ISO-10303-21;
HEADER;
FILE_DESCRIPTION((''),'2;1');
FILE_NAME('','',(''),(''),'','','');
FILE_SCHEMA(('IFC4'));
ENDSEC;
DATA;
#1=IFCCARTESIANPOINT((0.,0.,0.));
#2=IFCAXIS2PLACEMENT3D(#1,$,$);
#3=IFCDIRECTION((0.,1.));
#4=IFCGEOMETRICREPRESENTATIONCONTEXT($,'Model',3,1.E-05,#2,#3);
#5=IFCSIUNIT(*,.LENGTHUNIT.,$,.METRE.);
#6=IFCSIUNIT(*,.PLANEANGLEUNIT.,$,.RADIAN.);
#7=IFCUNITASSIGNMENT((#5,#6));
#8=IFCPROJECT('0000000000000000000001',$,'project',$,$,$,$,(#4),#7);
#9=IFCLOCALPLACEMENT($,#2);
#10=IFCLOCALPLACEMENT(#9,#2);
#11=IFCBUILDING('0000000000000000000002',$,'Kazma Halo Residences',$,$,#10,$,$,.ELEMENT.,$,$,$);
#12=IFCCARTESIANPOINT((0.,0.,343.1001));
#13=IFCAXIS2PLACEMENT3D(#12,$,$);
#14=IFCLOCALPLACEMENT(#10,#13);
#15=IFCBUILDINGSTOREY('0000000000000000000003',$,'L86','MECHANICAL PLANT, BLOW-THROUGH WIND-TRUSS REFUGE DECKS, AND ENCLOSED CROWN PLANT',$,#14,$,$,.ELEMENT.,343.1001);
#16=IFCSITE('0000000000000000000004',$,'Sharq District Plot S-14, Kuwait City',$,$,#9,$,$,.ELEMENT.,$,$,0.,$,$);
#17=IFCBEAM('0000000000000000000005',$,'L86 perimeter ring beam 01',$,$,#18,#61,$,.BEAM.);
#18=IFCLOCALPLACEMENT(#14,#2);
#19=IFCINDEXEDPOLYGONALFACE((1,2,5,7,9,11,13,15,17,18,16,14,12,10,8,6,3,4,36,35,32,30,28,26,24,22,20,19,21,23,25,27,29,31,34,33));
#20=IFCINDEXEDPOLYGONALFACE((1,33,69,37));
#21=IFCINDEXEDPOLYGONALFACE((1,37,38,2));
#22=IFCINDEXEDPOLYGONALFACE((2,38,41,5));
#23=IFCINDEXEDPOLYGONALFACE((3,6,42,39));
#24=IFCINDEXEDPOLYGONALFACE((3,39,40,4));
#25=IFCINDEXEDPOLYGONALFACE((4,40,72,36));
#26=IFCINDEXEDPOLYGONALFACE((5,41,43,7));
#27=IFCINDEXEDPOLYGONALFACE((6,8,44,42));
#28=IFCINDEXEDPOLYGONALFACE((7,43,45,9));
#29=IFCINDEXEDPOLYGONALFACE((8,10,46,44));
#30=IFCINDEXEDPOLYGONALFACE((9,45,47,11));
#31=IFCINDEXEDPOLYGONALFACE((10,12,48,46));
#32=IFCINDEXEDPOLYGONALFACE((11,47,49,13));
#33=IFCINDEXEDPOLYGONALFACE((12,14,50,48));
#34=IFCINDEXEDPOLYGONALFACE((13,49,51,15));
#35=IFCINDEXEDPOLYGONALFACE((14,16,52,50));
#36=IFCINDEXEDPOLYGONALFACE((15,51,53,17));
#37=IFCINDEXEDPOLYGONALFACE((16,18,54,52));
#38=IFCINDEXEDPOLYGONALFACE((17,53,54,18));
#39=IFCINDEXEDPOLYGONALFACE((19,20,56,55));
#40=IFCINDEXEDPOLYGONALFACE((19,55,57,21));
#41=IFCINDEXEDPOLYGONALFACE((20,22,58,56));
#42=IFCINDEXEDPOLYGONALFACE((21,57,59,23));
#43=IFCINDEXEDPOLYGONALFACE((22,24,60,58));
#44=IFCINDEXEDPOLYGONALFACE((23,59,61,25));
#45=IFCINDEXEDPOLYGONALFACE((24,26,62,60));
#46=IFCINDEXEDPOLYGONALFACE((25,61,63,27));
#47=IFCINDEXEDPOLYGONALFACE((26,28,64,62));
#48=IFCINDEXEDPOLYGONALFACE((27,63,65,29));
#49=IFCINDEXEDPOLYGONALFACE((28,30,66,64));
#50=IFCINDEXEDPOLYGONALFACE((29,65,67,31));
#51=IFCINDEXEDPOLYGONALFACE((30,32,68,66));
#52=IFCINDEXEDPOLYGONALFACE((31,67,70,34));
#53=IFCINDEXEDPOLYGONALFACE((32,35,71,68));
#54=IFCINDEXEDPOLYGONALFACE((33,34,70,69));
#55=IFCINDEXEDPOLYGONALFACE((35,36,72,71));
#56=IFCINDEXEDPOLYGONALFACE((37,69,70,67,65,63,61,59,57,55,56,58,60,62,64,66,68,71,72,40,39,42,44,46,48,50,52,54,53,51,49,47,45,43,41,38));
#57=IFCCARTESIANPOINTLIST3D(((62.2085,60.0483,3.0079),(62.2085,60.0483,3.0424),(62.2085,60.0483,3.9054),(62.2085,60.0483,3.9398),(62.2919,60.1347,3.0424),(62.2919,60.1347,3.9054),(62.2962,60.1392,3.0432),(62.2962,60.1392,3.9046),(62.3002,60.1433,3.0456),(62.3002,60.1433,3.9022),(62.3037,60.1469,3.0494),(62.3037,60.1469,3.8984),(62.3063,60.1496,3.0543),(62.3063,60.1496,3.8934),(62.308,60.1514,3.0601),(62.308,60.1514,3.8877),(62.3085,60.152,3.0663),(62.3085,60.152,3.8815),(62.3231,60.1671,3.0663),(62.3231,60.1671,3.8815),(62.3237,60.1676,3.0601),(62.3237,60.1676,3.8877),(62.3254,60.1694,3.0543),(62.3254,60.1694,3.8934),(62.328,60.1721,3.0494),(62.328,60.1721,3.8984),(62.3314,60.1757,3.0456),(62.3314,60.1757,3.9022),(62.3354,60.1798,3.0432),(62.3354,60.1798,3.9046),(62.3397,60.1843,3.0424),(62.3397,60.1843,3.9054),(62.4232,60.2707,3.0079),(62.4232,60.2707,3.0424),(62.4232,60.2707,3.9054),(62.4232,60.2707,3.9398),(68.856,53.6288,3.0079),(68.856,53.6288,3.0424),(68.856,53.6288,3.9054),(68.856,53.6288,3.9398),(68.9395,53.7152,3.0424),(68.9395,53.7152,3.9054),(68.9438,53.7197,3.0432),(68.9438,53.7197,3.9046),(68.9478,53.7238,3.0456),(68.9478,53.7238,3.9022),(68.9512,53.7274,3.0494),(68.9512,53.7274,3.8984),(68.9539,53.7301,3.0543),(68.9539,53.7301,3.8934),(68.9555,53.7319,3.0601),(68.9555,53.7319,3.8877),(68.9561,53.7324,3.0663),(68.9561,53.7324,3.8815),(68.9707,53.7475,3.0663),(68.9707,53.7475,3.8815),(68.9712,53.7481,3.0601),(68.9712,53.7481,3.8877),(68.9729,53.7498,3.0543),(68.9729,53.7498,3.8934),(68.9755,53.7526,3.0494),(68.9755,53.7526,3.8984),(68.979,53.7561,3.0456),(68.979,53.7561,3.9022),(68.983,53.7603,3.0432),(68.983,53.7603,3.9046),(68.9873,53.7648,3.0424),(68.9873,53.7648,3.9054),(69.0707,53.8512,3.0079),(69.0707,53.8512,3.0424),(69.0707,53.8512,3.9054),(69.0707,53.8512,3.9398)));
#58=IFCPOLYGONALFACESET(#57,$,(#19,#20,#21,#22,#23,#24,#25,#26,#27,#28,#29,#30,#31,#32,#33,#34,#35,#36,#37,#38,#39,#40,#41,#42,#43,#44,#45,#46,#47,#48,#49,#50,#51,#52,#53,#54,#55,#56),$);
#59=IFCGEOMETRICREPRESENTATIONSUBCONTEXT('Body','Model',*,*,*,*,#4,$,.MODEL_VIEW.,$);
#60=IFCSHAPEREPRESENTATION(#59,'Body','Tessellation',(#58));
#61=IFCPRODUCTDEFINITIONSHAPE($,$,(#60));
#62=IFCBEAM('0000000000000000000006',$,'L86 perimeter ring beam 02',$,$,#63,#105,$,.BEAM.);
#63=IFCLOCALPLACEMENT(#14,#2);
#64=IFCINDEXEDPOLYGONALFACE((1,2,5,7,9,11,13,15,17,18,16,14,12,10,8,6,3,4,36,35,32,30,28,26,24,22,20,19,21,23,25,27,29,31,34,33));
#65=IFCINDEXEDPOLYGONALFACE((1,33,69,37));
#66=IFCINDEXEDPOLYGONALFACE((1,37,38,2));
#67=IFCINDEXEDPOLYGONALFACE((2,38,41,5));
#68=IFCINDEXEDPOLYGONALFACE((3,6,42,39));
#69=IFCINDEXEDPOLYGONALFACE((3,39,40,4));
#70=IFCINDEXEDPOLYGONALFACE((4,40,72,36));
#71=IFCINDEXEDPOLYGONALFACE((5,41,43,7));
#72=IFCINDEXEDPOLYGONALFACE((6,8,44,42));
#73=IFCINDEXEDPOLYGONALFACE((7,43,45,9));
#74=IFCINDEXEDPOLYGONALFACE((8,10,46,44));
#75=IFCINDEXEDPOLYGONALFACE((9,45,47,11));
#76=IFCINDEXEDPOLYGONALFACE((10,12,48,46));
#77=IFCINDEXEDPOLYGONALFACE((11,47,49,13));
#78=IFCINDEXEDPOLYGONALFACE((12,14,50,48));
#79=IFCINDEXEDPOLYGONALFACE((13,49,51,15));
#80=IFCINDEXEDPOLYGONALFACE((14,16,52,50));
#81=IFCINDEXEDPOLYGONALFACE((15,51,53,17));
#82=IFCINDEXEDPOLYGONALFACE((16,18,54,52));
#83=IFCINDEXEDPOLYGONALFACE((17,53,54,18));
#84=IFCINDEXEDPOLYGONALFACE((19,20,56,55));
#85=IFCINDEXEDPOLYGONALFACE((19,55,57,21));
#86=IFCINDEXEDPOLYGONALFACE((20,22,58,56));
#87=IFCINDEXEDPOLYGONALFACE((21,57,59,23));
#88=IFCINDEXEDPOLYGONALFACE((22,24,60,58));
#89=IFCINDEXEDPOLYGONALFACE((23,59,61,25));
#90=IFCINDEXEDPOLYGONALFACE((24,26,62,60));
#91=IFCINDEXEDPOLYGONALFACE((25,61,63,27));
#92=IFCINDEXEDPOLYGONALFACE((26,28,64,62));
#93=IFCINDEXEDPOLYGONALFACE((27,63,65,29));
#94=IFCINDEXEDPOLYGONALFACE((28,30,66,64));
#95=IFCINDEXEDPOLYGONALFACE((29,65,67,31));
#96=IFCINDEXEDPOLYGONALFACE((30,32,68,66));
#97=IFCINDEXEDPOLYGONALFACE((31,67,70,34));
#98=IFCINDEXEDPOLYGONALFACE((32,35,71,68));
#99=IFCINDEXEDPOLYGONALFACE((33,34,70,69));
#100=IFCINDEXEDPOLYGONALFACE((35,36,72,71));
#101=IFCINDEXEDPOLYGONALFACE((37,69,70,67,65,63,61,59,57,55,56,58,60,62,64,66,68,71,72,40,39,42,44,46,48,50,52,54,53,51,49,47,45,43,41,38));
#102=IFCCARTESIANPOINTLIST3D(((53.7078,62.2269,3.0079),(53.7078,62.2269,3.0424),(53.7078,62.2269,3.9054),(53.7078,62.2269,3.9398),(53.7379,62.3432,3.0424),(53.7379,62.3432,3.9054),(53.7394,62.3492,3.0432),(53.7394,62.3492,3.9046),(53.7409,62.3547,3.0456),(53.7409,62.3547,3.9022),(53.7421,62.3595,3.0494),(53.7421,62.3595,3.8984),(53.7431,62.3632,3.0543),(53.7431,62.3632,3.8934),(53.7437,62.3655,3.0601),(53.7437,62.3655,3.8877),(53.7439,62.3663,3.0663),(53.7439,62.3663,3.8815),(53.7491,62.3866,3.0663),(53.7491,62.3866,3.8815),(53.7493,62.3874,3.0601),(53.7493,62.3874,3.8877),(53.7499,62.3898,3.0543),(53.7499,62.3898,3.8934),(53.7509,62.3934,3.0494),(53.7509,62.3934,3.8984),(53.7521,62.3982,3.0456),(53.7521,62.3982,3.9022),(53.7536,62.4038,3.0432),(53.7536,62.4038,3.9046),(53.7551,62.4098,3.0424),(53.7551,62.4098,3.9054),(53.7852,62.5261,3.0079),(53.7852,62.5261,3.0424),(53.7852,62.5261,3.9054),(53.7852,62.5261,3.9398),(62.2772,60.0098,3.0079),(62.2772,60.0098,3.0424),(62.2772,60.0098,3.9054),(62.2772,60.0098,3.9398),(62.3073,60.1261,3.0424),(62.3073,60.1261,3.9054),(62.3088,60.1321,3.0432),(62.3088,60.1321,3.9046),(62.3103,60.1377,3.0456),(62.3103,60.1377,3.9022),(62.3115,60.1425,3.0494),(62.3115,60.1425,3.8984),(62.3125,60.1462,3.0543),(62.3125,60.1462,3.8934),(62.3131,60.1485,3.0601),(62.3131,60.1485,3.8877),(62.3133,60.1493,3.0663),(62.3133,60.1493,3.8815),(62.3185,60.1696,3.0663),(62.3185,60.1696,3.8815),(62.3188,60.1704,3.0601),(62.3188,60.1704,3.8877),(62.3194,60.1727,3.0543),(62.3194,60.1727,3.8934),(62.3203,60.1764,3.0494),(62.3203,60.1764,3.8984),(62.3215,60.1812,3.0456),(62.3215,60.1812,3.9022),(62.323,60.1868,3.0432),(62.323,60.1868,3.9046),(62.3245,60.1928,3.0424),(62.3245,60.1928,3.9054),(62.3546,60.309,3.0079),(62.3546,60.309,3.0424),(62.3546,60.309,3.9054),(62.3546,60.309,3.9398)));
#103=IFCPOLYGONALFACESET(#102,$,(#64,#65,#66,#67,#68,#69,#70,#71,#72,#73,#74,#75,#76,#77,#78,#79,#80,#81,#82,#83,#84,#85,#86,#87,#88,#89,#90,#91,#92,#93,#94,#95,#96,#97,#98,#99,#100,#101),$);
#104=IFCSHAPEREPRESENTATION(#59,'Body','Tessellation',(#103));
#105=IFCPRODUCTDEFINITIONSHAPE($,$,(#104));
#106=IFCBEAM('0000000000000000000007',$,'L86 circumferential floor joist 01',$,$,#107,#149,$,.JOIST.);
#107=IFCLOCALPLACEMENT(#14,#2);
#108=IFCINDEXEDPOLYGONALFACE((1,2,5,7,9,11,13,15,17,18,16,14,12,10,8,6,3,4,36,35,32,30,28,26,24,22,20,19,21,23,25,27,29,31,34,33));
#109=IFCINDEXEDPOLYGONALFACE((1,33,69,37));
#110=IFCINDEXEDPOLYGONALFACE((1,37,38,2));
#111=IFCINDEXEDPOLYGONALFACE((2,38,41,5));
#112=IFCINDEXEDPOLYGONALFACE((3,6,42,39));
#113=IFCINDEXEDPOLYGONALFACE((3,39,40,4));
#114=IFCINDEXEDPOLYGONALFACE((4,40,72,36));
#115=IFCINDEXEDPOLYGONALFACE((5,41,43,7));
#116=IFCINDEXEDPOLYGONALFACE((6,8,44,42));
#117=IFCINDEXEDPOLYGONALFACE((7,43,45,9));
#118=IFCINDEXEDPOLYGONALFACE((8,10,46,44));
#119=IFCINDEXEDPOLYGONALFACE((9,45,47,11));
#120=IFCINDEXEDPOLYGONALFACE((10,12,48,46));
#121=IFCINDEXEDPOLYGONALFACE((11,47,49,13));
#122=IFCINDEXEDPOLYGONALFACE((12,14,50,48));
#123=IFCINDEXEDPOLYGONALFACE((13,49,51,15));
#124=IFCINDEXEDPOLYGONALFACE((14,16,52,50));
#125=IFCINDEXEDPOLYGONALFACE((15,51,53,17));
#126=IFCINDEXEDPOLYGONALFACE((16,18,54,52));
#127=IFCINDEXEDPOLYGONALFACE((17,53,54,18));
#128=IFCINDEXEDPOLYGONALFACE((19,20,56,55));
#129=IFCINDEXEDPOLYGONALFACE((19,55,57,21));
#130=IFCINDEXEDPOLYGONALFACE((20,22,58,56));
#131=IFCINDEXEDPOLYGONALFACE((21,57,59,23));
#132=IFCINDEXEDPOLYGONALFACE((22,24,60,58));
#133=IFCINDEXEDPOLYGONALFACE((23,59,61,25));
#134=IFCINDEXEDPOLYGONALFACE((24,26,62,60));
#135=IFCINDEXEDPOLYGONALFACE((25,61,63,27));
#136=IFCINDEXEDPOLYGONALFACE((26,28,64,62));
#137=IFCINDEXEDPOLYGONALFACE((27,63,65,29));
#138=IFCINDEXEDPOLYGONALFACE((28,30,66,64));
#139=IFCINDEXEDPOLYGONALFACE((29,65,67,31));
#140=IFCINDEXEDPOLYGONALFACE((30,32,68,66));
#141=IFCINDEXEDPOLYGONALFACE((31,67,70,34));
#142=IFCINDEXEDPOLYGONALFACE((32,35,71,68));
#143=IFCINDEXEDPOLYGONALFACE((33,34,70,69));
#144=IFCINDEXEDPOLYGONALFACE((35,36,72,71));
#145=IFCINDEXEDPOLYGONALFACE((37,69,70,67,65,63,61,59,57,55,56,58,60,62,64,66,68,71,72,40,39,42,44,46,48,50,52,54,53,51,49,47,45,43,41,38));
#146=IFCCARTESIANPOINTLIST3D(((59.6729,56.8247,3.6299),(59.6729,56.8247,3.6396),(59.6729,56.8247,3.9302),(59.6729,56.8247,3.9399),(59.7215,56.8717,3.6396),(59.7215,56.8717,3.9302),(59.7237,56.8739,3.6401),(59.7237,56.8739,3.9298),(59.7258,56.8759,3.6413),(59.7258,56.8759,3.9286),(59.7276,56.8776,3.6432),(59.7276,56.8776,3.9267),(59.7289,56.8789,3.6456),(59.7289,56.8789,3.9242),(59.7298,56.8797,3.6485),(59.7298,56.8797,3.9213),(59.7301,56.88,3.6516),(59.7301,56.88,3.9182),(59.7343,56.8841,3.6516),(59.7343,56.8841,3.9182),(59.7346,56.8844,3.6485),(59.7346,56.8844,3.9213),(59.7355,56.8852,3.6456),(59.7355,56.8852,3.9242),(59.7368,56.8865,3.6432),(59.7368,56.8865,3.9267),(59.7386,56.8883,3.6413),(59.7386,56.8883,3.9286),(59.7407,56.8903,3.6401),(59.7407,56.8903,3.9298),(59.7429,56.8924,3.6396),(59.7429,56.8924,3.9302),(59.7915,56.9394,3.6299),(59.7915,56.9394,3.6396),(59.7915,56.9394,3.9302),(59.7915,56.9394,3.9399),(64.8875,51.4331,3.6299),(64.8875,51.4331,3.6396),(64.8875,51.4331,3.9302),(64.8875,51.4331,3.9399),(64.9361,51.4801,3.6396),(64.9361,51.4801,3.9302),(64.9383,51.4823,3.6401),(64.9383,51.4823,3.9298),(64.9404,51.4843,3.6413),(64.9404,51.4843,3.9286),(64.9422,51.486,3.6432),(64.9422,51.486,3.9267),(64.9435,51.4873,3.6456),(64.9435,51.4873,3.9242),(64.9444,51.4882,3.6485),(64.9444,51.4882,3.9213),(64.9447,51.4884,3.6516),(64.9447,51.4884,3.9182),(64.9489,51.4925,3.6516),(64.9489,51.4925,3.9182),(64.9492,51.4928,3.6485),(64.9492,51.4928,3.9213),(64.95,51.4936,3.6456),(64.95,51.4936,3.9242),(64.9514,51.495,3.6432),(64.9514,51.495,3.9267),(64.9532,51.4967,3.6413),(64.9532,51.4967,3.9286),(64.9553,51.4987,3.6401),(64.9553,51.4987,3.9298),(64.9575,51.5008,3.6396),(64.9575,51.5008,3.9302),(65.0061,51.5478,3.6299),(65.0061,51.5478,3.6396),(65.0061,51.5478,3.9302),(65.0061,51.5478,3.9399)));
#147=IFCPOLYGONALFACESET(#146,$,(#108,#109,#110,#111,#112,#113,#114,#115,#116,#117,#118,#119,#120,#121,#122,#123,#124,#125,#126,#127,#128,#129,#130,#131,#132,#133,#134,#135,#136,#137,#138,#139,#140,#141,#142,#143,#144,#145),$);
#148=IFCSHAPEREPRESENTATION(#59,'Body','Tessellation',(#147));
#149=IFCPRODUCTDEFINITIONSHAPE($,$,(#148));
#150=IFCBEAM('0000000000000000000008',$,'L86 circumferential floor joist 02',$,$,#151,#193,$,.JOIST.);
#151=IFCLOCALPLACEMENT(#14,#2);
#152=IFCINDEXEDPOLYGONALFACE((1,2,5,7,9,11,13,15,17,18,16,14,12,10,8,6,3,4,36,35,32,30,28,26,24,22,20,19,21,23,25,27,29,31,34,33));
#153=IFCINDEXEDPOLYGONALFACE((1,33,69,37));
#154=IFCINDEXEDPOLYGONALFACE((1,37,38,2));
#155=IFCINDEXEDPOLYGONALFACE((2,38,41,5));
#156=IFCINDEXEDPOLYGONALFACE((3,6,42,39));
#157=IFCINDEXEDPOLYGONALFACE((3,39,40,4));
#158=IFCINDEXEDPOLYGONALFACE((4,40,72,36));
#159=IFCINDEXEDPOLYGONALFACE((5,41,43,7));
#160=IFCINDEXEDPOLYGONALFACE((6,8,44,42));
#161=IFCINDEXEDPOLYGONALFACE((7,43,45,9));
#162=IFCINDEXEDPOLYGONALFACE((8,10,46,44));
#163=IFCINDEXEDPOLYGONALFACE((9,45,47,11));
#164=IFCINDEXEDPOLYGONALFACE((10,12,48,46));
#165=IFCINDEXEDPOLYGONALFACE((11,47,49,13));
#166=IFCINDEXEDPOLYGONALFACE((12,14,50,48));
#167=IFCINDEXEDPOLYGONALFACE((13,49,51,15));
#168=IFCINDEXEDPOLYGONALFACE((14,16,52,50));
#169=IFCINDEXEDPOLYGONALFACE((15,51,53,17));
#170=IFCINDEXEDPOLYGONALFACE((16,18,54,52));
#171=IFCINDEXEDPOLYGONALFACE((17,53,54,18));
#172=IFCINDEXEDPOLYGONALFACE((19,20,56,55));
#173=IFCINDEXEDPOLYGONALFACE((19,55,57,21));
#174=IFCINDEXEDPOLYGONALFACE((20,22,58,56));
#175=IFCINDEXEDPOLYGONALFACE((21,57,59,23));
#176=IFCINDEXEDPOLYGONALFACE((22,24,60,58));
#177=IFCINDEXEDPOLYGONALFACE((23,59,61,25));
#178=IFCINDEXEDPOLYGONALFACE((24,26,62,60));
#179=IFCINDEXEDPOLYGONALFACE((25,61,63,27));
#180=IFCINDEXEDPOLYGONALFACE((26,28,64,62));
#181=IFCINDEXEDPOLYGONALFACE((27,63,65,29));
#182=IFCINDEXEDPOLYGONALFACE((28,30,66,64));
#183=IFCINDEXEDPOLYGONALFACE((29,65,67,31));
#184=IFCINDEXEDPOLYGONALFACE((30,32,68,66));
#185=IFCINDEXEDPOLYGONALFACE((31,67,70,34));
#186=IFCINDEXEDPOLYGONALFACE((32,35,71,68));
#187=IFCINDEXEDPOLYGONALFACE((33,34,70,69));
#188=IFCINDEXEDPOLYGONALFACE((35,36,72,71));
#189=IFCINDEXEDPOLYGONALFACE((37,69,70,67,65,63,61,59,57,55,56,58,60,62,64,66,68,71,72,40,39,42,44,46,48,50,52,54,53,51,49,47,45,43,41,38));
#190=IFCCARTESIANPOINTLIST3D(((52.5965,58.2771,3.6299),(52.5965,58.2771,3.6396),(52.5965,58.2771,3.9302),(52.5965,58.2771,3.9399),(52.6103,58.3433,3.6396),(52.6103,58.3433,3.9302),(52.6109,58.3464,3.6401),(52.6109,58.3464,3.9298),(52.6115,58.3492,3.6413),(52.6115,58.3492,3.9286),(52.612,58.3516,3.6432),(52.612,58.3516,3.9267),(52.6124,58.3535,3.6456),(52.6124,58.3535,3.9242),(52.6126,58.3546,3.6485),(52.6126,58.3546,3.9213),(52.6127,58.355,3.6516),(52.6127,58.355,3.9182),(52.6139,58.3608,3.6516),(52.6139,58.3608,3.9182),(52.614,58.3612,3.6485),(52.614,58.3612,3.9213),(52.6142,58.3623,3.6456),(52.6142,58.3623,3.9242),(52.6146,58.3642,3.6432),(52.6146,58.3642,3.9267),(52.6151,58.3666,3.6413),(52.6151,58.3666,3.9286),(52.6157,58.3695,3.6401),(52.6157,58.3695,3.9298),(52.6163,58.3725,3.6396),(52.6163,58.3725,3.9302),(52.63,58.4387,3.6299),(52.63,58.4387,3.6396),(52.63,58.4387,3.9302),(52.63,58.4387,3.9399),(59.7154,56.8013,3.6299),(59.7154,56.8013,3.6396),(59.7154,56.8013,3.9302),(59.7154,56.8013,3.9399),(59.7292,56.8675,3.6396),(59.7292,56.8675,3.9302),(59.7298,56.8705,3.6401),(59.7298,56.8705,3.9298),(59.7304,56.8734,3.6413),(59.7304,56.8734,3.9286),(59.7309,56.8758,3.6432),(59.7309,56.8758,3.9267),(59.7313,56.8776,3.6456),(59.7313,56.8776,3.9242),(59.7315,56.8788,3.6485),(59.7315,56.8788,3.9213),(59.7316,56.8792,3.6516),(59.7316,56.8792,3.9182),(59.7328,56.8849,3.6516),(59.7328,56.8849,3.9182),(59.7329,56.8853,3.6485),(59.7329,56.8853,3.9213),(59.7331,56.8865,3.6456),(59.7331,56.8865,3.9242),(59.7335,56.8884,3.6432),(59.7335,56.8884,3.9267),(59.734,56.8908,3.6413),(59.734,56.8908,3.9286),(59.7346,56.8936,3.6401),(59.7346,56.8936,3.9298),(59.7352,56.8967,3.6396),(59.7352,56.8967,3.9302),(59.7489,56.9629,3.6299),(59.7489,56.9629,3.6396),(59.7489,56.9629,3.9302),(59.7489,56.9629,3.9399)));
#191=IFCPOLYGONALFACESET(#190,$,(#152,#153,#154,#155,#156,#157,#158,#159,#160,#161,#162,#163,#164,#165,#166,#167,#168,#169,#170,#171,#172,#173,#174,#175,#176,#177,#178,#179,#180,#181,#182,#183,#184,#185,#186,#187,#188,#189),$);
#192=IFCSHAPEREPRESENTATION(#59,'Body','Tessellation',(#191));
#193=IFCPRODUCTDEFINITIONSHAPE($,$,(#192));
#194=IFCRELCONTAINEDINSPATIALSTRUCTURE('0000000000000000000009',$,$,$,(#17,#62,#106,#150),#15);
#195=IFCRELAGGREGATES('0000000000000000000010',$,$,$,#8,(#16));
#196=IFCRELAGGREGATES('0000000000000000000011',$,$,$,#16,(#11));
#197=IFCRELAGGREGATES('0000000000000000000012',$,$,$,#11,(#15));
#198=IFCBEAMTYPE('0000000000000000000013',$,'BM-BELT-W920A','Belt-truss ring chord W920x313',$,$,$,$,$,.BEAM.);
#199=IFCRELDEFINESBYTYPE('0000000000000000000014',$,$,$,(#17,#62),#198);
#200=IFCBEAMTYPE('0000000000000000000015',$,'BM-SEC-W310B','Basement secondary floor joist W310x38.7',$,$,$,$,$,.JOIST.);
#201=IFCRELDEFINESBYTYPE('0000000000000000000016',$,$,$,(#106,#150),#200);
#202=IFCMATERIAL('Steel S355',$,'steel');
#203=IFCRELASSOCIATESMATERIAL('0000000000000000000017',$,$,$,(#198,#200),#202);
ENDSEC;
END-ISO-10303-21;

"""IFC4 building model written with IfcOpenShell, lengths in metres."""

from ifc_helpers import new_model, si_unit, direction, frame, origin, origin_2d, place, context, subcontext, project, spatial, i_section, extrude, material, material_profile, profile_set, type_object, element, save


model = new_model("IFC4")

# Units and contexts
model_context = context("Model", 3, precision=1e-05, world=origin(), true_north=direction((0.0, 1.0)))
body_context = subcontext(model_context, "Body", "Model", "MODEL_VIEW")
ifc_project = project(units=[si_unit("LENGTHUNIT", "METRE"), si_unit("PLANEANGLEUNIT", "RADIAN")], contexts=[model_context])

# Site, building, storey
site_placement = place(None, origin())
site = spatial("IfcSite", under=ifc_project, at=site_placement, Name="Sharq District Plot S-14, Kuwait City", CompositionType="ELEMENT", RefElevation=0.0)
building_placement = place(site_placement, origin())
building = spatial("IfcBuilding", under=site, at=building_placement, Name="Kazma Halo Residences", CompositionType="ELEMENT")
storey_placement = place(building_placement, frame((0.0, 0.0, 343.1001)))
storey = spatial("IfcBuildingStorey", under=building, at=storey_placement, Name="L86", Description="MECHANICAL PLANT, BLOW-THROUGH WIND-TRUSS REFUGE DECKS, AND ENCLOSED CROWN PLANT", CompositionType="ELEMENT", Elevation=343.1001)

# Beams
ifc_material_1 = material(Name="Steel S355", Category="steel")
ifc_material_profile_1 = material_profile(ifc_material_1, i_section(OverallWidth=0.3091, OverallDepth=0.9319, WebThickness=0.021, FlangeThickness=0.0344, FilletRadius=0.0239, at=origin_2d()), Name="W920x313")
ifc_profile_set_1 = profile_set([ifc_material_profile_1], Name="Steel S355")
beam_type_1 = type_object("IfcBeamType", Name="BM-BELT-W920A", Description="Belt-truss ring chord W920x313", PredefinedType="BEAM", material=ifc_profile_set_1)
beam_1_placement = place(storey_placement, frame((68.9634, 53.74, 3.4739), z_axis=(-0.719337, 0.694661, 0.0), x_axis=(-0.694661, -0.719337, 0.0)))
element("IfcBeam", 1, at=beam_1_placement, inside=storey, type_object=beam_type_1, Name="L86 perimeter ring beam 01", PredefinedType="BEAM", context=body_context, shape_type="SweptSolid", body=[
    extrude(i_section(OverallWidth=0.3091, OverallDepth=0.9319, WebThickness=0.021, FlangeThickness=0.0344, FilletRadius=0.0239, at=origin_2d()), origin(), (0.0, 0.0, 1.0), 9.2412),
])
beam_2_placement = place(storey_placement, frame((62.3159, 60.1594, 3.4739), z_axis=(-0.968124, 0.250471, 0.0), x_axis=(-0.250471, -0.968124, 0.0)))
element("IfcBeam", 2, at=beam_2_placement, inside=storey, type_object=beam_type_1, Name="L86 perimeter ring beam 02", PredefinedType="BEAM", context=body_context, shape_type="SweptSolid", body=[
    extrude(i_section(OverallWidth=0.3091, OverallDepth=0.9319, WebThickness=0.021, FlangeThickness=0.0344, FilletRadius=0.0239, at=origin_2d()), origin(), (0.0, 0.0, 1.0), 8.8516),
])
ifc_material_profile_2 = material_profile(ifc_material_1, i_section(OverallWidth=0.165, OverallDepth=0.3101, WebThickness=0.0059, FlangeThickness=0.0098, FilletRadius=0.012, at=origin_2d()), Name="W310x38.7")
ifc_profile_set_2 = profile_set([ifc_material_profile_2], Name="Steel S355")
beam_type_2 = type_object("IfcBeamType", Name="BM-SEC-W310B", Description="Basement secondary floor joist W310x38.7", PredefinedType="JOIST", material=ifc_profile_set_2)
beam_3_placement = place(storey_placement, frame((64.9468, 51.4905, 3.7849), z_axis=(-0.695209, 0.718807, 0.0), x_axis=(-0.718807, -0.695209, 0.0)))
element("IfcBeam", 3, at=beam_3_placement, inside=storey, type_object=beam_type_2, Name="L86 circumferential floor joist 01", PredefinedType="JOIST", context=body_context, shape_type="SweptSolid", body=[
    extrude(i_section(OverallWidth=0.165, OverallDepth=0.3101, WebThickness=0.0059, FlangeThickness=0.0098, FilletRadius=0.012, at=origin_2d()), origin(), (0.0, 0.0, 1.0), 7.5007),
])
beam_4_placement = place(storey_placement, frame((59.7322, 56.8821, 3.7849), z_axis=(-0.97918, 0.202995, 0.0), x_axis=(-0.202995, -0.97918, 0.0)))
element("IfcBeam", 4, at=beam_4_placement, inside=storey, type_object=beam_type_2, Name="L86 circumferential floor joist 02", PredefinedType="JOIST", context=body_context, shape_type="SweptSolid", body=[
    extrude(i_section(OverallWidth=0.165, OverallDepth=0.3101, WebThickness=0.0059, FlangeThickness=0.0098, FilletRadius=0.012, at=origin_2d()), origin(), (0.0, 0.0, 1.0), 7.2703),
])

save(model, "model.ifc")
